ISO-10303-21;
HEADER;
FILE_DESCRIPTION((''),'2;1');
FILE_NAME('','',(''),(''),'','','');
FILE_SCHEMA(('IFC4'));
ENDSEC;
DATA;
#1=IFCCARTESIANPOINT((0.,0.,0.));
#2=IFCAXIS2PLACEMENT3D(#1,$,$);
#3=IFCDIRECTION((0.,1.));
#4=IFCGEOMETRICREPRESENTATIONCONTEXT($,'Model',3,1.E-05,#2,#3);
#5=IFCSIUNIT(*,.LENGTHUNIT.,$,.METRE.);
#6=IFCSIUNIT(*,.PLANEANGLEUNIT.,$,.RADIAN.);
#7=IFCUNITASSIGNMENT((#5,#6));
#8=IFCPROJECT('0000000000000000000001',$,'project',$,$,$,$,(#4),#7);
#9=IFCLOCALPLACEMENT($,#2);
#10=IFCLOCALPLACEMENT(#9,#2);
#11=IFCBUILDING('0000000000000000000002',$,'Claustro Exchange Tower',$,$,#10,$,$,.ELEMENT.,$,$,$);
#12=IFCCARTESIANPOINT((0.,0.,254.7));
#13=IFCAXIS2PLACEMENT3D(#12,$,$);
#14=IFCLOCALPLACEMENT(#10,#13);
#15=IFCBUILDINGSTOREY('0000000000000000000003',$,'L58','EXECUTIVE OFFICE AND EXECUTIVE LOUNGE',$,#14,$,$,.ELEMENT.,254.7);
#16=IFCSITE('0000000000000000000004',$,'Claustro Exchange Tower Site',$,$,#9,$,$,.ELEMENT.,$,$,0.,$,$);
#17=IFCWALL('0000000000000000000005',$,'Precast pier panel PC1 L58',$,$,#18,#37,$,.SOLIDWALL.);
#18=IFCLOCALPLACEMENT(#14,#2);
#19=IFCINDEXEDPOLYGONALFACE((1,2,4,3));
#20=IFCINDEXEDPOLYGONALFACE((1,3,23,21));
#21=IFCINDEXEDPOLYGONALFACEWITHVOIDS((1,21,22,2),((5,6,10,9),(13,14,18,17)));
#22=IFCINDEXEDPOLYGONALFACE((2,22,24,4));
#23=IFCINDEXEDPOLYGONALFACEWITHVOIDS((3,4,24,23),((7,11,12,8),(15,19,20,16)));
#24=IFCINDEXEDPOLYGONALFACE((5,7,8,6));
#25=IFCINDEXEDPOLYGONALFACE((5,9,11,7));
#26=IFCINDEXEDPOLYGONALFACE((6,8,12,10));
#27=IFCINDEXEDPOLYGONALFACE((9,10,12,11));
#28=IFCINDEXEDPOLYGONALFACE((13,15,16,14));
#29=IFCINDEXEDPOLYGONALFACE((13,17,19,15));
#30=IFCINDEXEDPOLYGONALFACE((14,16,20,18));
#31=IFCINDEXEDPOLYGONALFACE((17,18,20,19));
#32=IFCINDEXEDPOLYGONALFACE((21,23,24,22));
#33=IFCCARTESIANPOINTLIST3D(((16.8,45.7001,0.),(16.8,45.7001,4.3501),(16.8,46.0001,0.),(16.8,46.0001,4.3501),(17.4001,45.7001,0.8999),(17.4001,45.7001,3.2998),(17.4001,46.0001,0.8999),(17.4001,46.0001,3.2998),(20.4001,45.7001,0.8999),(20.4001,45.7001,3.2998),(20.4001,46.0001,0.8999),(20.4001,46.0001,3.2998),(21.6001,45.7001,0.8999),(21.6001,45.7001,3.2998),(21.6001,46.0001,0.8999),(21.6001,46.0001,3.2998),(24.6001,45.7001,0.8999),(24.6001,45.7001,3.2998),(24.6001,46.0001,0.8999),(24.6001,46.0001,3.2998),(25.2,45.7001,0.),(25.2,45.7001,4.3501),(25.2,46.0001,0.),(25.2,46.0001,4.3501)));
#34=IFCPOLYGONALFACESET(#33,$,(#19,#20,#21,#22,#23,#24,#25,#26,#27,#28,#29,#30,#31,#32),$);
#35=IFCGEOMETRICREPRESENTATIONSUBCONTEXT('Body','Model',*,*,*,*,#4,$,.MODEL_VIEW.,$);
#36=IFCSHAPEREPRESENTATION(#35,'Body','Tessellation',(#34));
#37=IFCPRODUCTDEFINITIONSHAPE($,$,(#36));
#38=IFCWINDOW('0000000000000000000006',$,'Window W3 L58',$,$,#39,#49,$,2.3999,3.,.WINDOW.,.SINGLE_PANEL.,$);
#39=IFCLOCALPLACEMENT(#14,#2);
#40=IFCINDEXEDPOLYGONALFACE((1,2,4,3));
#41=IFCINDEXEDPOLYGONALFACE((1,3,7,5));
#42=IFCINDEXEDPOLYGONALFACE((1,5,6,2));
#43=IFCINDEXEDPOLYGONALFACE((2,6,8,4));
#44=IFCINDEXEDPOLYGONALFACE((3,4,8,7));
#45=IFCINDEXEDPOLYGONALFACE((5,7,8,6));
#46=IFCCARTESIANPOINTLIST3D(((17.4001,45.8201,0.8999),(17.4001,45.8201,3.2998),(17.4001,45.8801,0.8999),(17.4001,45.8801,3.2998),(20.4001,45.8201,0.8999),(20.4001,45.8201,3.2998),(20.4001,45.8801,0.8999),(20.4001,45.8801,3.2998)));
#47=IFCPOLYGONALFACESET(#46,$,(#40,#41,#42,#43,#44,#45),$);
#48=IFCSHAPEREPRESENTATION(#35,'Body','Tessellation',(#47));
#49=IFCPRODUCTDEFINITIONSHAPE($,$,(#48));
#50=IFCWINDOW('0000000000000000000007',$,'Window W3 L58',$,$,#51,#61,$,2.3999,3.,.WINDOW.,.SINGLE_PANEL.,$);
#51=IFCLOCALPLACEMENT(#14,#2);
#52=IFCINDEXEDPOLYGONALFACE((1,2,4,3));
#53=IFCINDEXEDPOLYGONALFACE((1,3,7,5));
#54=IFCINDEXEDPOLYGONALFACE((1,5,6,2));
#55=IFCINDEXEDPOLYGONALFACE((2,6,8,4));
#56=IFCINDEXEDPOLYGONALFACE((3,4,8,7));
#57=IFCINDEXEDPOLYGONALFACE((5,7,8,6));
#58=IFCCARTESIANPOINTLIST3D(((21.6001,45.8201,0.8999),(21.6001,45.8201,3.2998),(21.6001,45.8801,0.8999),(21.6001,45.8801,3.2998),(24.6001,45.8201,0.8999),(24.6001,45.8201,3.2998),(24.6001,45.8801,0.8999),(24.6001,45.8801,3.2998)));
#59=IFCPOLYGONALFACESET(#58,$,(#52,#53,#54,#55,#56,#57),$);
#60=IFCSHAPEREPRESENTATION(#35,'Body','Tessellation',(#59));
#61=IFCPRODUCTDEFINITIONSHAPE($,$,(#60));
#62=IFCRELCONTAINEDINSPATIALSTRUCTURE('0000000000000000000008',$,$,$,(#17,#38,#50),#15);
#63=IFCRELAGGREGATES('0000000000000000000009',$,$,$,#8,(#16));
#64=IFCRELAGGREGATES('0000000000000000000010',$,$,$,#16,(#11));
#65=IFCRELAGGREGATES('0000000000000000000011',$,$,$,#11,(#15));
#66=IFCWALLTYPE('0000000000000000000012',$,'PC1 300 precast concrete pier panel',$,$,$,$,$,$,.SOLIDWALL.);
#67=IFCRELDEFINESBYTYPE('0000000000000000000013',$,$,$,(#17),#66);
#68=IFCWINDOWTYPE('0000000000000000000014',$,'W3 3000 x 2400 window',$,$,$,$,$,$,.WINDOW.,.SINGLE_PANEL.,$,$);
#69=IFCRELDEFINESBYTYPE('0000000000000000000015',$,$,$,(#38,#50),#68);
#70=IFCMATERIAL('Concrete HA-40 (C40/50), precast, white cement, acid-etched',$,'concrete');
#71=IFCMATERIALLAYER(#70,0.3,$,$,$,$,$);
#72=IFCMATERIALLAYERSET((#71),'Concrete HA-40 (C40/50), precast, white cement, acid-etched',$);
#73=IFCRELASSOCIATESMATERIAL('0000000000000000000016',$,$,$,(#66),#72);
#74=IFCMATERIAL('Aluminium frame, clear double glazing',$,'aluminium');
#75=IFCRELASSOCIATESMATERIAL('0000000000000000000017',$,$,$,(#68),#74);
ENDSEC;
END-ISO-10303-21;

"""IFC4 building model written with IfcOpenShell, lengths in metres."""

from ifc_helpers import new_model, si_unit, direction, frame, frame_2d, origin, place, context, subcontext, project, spatial, rectangle, extrude, material, layer, layer_set, type_object, element, fill, save


model = new_model("IFC4")

# Units and contexts
model_context = context("Model", 3, precision=1e-05, world=origin(), true_north=direction((0.0, 1.0)))
body_context = subcontext(model_context, "Body", "Model", "MODEL_VIEW")
ifc_project = project(units=[si_unit("LENGTHUNIT", "METRE"), si_unit("PLANEANGLEUNIT", "RADIAN")], contexts=[model_context])

# Site, building, storey
site_placement = place(None, origin())
site = spatial("IfcSite", under=ifc_project, at=site_placement, Name="Claustro Exchange Tower Site", CompositionType="ELEMENT", RefElevation=0.0)
building_placement = place(site_placement, origin())
building = spatial("IfcBuilding", under=site, at=building_placement, Name="Claustro Exchange Tower", CompositionType="ELEMENT")
storey_placement = place(building_placement, frame((0.0, 0.0, 254.7)))
storey = spatial("IfcBuildingStorey", under=building, at=storey_placement, Name="L58", Description="EXECUTIVE OFFICE AND EXECUTIVE LOUNGE", CompositionType="ELEMENT", Elevation=254.7)

# Wall, openings, windows
ifc_material_1 = material(Name="Concrete HA-40 (C40/50), precast, white cement, acid-etched", Category="concrete")
ifc_layer_1 = layer(ifc_material_1, 0.3)
ifc_layer_set_1 = layer_set([ifc_layer_1], Name="Concrete HA-40 (C40/50), precast, white cement, acid-etched")
wall_type_1 = type_object("IfcWallType", Name="PC1 300 precast concrete pier panel", PredefinedType="SOLIDWALL", material=ifc_layer_set_1)
ifc_material_2 = material(Name="Aluminium frame, clear double glazing", Category="aluminium")
window_type = type_object("IfcWindowType", Name="W3 3000 x 2400 window", PartitioningType="SINGLE_PANEL", PredefinedType="WINDOW", material=ifc_material_2)
wall_1_placement = place(storey_placement, frame((16.8, 45.8501, 0.0), z_axis=(0.0, 0.0, 1.0), x_axis=(1.0, 0.0, 0.0)))
wall_1 = element("IfcWall", 1, at=wall_1_placement, inside=storey, type_object=wall_type_1, Name="Precast pier panel PC1 L58", PredefinedType="SOLIDWALL", context=body_context, shape_type="SweptSolid", body=[
    extrude(rectangle(XDim=8.3999, YDim=0.3, at=frame_2d((4.2, 0.0))), origin(), (0.0, 0.0, 1.0), 4.3501),
])
opening_1_placement = place(wall_1_placement, frame((0.6001, 0.0, 0.8999)))
opening_1 = element("IfcOpeningElement", 2, at=opening_1_placement, cuts=wall_1, PredefinedType="OPENING", context=body_context, shape_type="SweptSolid", body=[
    extrude(rectangle(XDim=3.0, YDim=2.3999, at=frame_2d((1.5, 1.2))), frame((0.0, 0.1599, 0.0), z_axis=(0.0, -1.0, 0.0), x_axis=(1.0, 0.0, 0.0)), (0.0, 0.0, 1.0), 0.3201),
])
opening_2_placement = place(wall_1_placement, frame((4.8, 0.0, 0.8999)))
opening_2 = element("IfcOpeningElement", 3, at=opening_2_placement, cuts=wall_1, PredefinedType="OPENING", context=body_context, shape_type="SweptSolid", body=[
    extrude(rectangle(XDim=3.0, YDim=2.3999, at=frame_2d((1.5, 1.2))), frame((0.0, 0.1599, 0.0), z_axis=(0.0, -1.0, 0.0), x_axis=(1.0, 0.0, 0.0)), (0.0, 0.0, 1.0), 0.3201),
])
window_1_placement = place(opening_1_placement, origin())
window_1 = element("IfcWindow", 4, at=window_1_placement, inside=storey, type_object=window_type, Name="Window W3 L58", OverallHeight=2.3999, OverallWidth=3.0, PartitioningType="SINGLE_PANEL", PredefinedType="WINDOW", context=body_context, shape_type="SweptSolid", body=[
    extrude(rectangle(XDim=3.0, YDim=2.3999, at=frame_2d((1.5, 1.2))), frame((0.0, 0.03, 0.0), z_axis=(0.0, -1.0, 0.0), x_axis=(1.0, 0.0, 0.0)), (0.0, 0.0, 1.0), 0.0601),
])
fill(opening_1, window_1)
window_2_placement = place(opening_2_placement, origin())
window_2 = element("IfcWindow", 5, at=window_2_placement, inside=storey, type_object=window_type, Name="Window W3 L58", OverallHeight=2.3999, OverallWidth=3.0, PartitioningType="SINGLE_PANEL", PredefinedType="WINDOW", context=body_context, shape_type="SweptSolid", body=[
    extrude(rectangle(XDim=3.0, YDim=2.3999, at=frame_2d((1.5, 1.2))), frame((0.0, 0.03, 0.0), z_axis=(0.0, -1.0, 0.0), x_axis=(1.0, 0.0, 0.0)), (0.0, 0.0, 1.0), 0.0601),
])
fill(opening_2, window_2)

save(model, "model.ifc")
